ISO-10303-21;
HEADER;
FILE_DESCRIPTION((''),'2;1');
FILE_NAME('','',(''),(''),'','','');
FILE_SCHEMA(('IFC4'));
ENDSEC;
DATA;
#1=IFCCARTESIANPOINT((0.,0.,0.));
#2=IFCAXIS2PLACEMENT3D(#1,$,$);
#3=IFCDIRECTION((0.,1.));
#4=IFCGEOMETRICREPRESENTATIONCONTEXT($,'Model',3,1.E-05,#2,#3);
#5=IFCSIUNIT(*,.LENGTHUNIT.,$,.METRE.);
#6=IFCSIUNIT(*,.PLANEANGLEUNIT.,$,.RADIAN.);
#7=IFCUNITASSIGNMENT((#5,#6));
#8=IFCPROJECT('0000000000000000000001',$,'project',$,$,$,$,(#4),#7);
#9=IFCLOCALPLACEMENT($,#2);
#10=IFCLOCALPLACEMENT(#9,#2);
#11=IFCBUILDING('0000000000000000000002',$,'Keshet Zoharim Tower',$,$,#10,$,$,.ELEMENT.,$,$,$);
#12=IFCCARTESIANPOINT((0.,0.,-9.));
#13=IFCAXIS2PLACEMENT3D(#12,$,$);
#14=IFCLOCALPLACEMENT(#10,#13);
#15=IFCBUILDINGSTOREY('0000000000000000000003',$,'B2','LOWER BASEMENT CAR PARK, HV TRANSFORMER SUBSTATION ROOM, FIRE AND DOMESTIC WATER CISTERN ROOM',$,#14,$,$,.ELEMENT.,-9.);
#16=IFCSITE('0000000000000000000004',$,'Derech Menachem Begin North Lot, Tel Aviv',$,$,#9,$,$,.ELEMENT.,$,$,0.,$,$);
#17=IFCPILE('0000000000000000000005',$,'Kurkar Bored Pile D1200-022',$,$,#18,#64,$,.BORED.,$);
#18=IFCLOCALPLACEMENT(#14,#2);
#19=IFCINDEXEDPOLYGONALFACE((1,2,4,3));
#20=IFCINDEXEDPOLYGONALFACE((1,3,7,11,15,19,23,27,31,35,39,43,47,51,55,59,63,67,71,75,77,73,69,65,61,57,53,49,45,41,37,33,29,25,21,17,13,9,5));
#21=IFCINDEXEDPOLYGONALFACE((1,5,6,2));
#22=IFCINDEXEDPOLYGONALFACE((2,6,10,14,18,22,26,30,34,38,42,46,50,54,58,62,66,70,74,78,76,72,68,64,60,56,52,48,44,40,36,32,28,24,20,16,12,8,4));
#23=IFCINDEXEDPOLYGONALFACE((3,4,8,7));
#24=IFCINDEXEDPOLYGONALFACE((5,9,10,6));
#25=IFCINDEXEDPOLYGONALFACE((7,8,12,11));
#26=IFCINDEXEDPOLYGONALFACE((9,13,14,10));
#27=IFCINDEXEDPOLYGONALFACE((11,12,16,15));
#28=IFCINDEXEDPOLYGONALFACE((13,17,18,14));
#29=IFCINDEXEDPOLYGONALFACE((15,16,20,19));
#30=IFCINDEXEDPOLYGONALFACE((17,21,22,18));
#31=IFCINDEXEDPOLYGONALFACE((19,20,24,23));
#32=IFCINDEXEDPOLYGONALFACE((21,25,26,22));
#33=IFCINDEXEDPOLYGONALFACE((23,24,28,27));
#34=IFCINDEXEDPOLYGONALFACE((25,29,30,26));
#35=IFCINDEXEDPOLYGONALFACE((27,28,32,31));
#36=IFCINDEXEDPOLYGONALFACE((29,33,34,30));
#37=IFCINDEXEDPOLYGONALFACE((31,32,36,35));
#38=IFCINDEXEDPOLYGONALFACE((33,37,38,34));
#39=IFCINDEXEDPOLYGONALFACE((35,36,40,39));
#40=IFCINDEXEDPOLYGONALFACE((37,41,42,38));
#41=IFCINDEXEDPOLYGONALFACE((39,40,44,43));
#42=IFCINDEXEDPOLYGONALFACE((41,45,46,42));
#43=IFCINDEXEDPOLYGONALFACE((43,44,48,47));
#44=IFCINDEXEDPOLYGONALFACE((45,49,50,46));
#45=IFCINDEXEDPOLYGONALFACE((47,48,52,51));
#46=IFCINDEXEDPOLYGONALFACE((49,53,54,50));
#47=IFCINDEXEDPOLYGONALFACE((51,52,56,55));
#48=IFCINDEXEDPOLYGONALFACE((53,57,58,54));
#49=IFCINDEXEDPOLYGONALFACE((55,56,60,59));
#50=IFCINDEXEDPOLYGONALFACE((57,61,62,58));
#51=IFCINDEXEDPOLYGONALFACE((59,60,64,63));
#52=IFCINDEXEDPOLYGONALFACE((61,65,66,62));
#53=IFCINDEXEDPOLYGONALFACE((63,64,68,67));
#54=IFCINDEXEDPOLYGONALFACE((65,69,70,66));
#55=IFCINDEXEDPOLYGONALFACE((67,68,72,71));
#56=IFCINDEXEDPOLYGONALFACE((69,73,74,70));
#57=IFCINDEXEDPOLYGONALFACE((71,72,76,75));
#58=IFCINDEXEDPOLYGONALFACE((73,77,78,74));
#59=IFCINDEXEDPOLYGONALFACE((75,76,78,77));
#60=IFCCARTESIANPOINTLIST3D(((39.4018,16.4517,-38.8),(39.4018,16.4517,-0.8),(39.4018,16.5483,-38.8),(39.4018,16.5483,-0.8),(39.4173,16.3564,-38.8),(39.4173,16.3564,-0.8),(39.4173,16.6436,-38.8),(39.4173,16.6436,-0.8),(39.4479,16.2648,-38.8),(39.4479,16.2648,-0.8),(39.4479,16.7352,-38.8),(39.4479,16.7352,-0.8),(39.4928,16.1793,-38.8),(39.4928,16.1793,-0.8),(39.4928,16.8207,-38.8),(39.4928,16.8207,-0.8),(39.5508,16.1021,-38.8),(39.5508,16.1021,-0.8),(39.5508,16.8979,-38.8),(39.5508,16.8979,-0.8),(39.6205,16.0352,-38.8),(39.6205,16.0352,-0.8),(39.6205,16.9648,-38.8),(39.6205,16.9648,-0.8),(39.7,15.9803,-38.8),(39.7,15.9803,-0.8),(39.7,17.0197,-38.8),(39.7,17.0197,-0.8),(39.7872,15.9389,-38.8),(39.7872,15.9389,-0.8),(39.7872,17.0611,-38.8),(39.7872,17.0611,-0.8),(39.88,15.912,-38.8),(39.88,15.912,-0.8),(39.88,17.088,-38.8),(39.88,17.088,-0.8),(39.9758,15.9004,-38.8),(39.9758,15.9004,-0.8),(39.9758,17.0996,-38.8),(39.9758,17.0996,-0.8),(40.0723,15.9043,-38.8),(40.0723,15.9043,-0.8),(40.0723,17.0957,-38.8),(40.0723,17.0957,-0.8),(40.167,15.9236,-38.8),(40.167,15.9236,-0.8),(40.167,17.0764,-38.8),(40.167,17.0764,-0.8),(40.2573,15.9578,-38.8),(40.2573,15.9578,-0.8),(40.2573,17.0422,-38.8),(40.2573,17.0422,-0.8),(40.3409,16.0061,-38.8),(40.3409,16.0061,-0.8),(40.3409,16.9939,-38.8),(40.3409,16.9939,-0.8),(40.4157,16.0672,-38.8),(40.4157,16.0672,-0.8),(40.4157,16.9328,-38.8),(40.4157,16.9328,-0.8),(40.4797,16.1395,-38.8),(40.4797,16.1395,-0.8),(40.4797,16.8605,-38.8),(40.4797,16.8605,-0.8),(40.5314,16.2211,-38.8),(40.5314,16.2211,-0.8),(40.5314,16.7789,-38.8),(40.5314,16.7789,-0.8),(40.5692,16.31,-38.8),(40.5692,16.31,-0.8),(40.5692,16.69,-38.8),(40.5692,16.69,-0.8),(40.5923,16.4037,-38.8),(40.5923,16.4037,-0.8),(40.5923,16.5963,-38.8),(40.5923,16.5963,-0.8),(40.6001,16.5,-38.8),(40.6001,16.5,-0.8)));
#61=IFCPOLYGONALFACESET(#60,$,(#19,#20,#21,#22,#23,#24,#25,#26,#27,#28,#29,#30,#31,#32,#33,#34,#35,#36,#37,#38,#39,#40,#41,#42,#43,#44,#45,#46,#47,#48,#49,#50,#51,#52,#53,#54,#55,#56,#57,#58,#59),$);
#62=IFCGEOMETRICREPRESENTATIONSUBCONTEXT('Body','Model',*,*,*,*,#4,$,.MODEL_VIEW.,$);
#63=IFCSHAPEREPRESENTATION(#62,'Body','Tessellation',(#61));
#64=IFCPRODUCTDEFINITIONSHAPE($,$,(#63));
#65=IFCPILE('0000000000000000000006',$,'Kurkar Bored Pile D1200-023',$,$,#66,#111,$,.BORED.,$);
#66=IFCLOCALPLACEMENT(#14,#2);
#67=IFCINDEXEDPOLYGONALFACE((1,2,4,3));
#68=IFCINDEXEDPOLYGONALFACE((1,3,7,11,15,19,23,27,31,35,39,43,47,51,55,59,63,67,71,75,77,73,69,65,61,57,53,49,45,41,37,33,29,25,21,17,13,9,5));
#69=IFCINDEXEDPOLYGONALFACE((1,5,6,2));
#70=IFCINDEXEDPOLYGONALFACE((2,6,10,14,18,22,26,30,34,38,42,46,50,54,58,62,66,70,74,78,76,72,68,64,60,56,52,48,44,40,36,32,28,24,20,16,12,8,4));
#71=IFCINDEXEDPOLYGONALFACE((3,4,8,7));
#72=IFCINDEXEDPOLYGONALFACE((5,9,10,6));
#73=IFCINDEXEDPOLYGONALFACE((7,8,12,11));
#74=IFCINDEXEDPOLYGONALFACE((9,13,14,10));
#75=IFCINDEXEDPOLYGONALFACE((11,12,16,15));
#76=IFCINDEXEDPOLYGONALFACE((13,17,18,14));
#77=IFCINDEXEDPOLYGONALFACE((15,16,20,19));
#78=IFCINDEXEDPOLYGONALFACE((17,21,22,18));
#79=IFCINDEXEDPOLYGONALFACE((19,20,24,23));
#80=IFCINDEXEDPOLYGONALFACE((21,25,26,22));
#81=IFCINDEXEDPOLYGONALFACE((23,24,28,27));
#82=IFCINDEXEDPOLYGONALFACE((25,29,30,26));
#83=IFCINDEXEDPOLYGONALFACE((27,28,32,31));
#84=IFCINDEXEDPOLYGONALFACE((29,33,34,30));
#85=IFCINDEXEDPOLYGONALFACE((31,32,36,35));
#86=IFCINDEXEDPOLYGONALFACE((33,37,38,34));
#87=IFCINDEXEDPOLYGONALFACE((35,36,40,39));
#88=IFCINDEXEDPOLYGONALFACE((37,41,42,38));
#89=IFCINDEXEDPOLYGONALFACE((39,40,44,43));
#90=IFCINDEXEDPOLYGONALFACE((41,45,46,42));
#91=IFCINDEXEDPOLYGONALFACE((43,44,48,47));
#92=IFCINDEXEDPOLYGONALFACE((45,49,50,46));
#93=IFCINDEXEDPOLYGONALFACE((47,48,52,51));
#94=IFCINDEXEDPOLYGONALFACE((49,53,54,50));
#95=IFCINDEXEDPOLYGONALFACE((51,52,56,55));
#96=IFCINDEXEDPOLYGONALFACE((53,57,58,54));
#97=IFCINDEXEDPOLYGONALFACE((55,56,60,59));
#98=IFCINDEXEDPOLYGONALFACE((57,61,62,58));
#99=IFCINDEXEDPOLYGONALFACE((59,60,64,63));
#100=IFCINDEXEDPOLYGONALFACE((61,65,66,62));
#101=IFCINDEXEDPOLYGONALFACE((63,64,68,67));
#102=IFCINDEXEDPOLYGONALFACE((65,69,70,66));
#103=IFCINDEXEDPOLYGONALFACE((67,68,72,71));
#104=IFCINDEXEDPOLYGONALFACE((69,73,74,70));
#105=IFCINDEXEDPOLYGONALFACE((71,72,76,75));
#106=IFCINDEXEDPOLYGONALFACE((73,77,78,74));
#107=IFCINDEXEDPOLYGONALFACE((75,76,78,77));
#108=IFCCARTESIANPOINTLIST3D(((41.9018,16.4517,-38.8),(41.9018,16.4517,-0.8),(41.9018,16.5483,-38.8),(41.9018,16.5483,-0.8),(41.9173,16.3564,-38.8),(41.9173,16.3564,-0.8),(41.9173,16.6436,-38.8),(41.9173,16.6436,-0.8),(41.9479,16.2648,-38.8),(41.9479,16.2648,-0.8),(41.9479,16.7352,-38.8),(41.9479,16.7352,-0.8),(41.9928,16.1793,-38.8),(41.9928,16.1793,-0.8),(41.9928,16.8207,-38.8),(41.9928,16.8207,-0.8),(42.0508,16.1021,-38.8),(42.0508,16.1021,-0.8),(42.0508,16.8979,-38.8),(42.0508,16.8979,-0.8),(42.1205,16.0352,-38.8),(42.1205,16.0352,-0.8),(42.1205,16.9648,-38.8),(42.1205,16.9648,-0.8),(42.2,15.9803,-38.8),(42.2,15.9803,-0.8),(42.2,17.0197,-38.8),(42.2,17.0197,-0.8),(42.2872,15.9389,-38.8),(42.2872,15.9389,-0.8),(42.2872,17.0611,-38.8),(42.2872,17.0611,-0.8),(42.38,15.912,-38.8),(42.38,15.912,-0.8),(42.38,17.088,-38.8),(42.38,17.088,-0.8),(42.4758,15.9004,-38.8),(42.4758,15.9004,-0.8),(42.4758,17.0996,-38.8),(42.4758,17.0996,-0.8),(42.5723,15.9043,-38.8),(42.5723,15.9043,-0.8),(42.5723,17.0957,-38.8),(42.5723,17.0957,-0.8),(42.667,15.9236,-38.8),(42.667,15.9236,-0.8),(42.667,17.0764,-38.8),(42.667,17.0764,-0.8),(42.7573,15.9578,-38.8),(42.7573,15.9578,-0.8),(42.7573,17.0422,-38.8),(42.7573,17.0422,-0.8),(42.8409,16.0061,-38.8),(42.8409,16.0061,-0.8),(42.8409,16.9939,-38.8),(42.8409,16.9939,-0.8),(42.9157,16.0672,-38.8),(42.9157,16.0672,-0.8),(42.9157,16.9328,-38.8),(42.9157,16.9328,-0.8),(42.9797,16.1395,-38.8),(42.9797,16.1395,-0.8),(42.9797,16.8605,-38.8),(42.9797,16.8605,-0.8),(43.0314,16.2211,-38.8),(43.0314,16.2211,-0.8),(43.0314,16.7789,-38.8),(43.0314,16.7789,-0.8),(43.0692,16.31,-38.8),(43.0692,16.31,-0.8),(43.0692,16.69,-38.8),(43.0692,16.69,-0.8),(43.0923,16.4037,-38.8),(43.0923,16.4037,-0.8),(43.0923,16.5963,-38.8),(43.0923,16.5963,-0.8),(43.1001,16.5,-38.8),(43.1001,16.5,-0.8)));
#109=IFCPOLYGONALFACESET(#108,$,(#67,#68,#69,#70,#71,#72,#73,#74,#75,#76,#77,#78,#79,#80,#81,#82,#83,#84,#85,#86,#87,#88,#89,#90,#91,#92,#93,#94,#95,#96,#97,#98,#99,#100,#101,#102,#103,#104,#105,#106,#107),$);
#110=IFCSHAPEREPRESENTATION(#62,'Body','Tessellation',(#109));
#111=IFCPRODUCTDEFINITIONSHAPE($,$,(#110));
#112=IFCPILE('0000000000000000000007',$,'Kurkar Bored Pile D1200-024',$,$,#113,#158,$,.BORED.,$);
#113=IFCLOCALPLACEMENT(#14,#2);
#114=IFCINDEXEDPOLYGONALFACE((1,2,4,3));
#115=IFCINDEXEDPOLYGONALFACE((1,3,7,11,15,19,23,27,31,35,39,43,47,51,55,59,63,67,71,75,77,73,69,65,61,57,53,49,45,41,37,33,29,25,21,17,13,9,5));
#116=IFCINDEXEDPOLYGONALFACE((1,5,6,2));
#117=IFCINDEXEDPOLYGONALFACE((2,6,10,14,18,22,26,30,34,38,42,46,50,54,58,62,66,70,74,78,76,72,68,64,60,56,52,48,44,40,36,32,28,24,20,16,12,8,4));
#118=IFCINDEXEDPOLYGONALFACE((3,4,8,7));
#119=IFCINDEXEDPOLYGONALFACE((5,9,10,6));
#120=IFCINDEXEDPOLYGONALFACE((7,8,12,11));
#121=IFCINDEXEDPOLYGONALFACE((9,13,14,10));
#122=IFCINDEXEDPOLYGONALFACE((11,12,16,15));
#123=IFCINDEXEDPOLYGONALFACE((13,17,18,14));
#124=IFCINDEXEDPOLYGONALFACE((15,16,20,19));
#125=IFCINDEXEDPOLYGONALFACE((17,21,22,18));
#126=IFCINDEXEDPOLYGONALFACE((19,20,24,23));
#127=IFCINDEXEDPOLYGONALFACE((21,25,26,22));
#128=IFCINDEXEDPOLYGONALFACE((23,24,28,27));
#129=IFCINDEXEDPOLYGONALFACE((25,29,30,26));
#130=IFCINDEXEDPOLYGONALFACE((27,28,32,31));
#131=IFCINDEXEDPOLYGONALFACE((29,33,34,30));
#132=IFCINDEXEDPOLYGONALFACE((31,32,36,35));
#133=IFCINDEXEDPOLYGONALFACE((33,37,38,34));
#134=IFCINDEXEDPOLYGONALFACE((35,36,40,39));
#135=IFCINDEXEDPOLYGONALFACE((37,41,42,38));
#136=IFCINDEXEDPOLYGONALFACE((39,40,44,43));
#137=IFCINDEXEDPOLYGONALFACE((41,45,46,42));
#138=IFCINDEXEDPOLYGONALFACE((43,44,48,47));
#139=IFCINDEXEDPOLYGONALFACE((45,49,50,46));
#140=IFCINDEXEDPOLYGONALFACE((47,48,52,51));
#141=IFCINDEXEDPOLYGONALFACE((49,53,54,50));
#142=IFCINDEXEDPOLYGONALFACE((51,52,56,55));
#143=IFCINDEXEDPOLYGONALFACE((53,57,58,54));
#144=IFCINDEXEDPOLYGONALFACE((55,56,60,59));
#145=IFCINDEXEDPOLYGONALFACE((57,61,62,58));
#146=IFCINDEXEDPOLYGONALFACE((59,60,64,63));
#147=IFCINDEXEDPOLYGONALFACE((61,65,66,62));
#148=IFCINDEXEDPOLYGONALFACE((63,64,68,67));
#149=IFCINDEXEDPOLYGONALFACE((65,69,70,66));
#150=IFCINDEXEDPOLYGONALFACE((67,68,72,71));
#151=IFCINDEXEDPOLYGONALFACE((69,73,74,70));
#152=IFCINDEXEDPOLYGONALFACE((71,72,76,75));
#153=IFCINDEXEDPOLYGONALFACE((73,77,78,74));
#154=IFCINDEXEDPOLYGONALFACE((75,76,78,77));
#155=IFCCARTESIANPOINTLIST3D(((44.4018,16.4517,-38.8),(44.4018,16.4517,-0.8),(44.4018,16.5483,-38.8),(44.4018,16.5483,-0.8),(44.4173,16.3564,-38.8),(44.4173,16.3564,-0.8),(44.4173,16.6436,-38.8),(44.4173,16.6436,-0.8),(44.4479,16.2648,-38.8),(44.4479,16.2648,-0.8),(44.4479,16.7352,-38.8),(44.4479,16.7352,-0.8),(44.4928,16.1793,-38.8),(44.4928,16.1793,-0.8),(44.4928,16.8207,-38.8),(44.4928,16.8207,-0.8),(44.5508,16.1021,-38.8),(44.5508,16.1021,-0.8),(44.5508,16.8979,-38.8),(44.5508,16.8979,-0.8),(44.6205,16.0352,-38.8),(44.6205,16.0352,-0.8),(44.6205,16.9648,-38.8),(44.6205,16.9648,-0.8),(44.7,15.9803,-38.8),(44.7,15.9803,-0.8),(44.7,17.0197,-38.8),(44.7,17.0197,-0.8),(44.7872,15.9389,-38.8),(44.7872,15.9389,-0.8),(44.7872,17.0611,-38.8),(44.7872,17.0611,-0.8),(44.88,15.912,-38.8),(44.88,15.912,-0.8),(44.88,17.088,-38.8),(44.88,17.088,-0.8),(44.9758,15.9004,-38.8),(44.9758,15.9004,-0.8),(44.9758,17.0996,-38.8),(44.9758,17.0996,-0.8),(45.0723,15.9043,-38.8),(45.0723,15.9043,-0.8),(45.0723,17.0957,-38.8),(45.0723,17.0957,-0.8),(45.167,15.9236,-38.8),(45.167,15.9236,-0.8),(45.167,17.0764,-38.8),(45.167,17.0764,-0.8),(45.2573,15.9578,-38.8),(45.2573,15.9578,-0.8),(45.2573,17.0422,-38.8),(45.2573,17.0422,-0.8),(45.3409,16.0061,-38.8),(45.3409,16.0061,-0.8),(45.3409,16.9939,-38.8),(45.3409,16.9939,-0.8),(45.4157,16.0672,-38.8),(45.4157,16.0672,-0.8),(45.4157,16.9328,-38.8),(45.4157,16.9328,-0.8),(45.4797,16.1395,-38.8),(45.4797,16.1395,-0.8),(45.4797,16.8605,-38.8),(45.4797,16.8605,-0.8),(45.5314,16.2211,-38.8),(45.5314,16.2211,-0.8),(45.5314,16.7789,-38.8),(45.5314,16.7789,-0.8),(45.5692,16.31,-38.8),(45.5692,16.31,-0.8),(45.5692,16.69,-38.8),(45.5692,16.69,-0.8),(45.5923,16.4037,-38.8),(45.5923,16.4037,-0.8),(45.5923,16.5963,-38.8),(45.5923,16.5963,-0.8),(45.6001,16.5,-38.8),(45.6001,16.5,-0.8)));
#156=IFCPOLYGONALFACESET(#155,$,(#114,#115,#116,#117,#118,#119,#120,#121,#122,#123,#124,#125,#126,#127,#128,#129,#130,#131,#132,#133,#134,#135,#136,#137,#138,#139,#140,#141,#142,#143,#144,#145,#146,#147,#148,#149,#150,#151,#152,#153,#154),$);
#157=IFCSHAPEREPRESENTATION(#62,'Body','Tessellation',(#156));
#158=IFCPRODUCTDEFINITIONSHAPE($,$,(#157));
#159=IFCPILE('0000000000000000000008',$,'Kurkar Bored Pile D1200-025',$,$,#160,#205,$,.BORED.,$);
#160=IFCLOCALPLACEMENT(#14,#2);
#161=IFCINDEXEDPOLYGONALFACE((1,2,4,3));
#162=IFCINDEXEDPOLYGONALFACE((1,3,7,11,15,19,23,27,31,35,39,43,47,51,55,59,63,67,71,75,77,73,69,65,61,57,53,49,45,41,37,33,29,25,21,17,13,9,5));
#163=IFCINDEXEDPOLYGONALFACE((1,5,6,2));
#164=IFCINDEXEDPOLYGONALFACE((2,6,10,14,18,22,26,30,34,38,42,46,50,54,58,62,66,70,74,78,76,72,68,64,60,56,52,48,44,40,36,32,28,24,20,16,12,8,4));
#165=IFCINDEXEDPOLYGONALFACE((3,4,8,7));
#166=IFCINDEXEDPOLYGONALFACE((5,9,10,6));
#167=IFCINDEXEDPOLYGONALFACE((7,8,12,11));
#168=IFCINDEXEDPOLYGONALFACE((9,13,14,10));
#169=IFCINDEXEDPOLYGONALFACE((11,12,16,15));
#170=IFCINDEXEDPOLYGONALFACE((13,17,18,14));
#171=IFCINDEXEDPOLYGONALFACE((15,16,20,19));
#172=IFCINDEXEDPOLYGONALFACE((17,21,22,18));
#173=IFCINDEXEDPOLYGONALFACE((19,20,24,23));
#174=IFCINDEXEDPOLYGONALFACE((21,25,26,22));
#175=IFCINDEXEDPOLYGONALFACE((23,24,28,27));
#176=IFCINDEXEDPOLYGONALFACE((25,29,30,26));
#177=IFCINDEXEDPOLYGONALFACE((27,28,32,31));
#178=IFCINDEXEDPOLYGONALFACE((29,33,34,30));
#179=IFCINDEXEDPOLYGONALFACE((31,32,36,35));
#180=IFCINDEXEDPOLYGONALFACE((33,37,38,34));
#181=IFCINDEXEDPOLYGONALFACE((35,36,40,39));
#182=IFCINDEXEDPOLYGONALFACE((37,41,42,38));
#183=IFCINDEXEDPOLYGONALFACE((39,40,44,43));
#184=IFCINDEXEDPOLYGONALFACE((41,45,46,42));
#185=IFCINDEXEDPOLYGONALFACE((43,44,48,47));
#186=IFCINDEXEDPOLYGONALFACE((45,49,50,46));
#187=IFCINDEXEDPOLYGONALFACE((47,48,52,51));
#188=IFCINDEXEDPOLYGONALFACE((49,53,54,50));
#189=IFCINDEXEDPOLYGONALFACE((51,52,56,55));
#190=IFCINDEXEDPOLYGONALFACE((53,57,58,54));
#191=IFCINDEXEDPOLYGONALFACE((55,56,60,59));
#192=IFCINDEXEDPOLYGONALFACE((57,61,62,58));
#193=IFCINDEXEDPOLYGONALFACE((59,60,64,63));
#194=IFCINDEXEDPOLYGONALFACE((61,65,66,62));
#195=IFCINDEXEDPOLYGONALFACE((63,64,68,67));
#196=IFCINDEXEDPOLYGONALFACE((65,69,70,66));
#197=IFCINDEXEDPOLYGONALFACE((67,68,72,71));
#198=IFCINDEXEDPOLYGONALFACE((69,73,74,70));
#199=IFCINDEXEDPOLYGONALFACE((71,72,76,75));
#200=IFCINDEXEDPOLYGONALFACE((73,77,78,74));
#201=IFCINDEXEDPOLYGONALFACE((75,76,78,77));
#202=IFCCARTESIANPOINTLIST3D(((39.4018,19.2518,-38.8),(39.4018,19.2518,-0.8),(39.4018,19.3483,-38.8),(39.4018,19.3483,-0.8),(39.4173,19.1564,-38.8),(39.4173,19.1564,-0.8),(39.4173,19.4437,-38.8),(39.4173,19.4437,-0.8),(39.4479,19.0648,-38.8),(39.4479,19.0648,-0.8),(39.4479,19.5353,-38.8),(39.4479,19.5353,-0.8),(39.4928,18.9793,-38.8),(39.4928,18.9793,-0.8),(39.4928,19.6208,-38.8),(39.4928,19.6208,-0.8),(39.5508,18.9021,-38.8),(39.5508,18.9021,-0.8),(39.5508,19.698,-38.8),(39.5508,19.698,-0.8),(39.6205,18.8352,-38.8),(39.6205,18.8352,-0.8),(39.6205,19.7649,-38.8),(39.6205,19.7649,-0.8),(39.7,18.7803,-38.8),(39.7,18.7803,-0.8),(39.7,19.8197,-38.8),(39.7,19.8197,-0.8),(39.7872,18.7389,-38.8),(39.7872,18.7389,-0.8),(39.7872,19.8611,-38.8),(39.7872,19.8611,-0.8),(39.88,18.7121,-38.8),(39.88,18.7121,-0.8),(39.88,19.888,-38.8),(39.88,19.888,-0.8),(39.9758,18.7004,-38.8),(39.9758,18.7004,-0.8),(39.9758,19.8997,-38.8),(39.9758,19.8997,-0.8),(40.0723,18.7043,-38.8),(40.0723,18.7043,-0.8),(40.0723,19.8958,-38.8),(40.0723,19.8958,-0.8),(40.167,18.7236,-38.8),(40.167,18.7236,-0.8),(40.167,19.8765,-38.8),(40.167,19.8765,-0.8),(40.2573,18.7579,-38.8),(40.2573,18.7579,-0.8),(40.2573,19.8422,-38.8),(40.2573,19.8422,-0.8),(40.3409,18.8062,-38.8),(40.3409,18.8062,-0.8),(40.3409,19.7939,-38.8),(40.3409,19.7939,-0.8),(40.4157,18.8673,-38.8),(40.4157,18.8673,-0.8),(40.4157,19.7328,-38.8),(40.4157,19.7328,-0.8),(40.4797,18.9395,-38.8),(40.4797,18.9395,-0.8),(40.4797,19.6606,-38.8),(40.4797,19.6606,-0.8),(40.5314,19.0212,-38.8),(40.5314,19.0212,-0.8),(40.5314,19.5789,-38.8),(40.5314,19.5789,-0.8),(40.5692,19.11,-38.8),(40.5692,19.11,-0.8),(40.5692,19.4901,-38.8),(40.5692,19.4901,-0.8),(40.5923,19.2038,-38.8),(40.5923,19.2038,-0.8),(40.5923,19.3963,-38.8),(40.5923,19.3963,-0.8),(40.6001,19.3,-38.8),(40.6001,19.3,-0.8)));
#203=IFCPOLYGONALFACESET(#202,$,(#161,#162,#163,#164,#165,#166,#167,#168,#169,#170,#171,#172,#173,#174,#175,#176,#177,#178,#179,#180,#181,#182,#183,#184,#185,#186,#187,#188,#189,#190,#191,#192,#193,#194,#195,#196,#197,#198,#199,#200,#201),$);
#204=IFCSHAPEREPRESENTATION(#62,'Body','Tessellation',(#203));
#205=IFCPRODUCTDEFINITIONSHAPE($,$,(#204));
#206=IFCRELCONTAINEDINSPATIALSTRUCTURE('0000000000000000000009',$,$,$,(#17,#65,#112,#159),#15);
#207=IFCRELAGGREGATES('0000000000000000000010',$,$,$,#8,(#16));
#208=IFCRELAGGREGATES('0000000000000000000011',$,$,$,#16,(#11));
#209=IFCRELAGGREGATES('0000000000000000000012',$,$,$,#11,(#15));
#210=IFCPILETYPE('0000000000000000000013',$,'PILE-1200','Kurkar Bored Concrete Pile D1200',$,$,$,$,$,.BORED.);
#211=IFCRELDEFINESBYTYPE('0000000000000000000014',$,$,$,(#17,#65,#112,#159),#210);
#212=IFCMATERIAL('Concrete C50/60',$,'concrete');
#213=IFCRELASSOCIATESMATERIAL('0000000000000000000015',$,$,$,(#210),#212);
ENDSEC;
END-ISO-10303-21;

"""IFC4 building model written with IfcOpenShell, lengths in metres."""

from ifc_helpers import new_model, si_unit, direction, frame, origin, origin_2d, place, context, subcontext, project, spatial, circle, extrude, material, material_profile, profile_set, type_object, element, save


model = new_model("IFC4")

# Units and contexts
model_context = context("Model", 3, precision=1e-05, world=origin(), true_north=direction((0.0, 1.0)))
body_context = subcontext(model_context, "Body", "Model", "MODEL_VIEW")
ifc_project = project(units=[si_unit("LENGTHUNIT", "METRE"), si_unit("PLANEANGLEUNIT", "RADIAN")], contexts=[model_context])

# Site, building, storey
site_placement = place(None, origin())
site = spatial("IfcSite", under=ifc_project, at=site_placement, Name="Derech Menachem Begin North Lot, Tel Aviv", CompositionType="ELEMENT", RefElevation=0.0)
building_placement = place(site_placement, origin())
building = spatial("IfcBuilding", under=site, at=building_placement, Name="Keshet Zoharim Tower", CompositionType="ELEMENT")
storey_placement = place(building_placement, frame((0.0, 0.0, -9.0)))
storey = spatial("IfcBuildingStorey", under=building, at=storey_placement, Name="B2", Description="LOWER BASEMENT CAR PARK, HV TRANSFORMER SUBSTATION ROOM, FIRE AND DOMESTIC WATER CISTERN ROOM", CompositionType="ELEMENT", Elevation=-9.0)

# Piles
ifc_material_1 = material(Name="Concrete C50/60", Category="concrete")
ifc_material_profile_1 = material_profile(ifc_material_1, circle(Radius=0.6001, at=origin_2d()), Name="PILE-D1200")
ifc_profile_set_1 = profile_set([ifc_material_profile_1], Name="Concrete C50/60")
pile_type_1 = type_object("IfcPileType", Name="PILE-1200", Description="Kurkar Bored Concrete Pile D1200", PredefinedType="BORED", material=ifc_profile_set_1)
for number, where, z_axis, x_axis, name in (
    (1, (40.0, 16.5, -0.8), (0.0, 0.0, -1.0), (1.0, 0.0, 0.0), "Kurkar Bored Pile D1200-022"),
    (2, (42.5, 16.5, -0.8), (0.0, 0.0, -1.0), (1.0, 0.0, 0.0), "Kurkar Bored Pile D1200-023"),
    (3, (45.0, 16.5, -0.8), (0.0, 0.0, -1.0), (1.0, 0.0, 0.0), "Kurkar Bored Pile D1200-024"),
    (4, (40.0, 19.3, -0.8), (0.0, 0.0, -1.0), (1.0, 0.0, 0.0), "Kurkar Bored Pile D1200-025"),
):
    element("IfcPile", number, at=place(storey_placement, frame(where, z_axis=z_axis, x_axis=x_axis)), inside=storey, type_object=pile_type_1, Name=name, PredefinedType="BORED", context=body_context, shape_type="SweptSolid", body=[
        extrude(circle(Radius=0.6001, at=origin_2d()), origin(), (0.0, 0.0, 1.0), 38.0),
    ])

save(model, "model.ifc")
